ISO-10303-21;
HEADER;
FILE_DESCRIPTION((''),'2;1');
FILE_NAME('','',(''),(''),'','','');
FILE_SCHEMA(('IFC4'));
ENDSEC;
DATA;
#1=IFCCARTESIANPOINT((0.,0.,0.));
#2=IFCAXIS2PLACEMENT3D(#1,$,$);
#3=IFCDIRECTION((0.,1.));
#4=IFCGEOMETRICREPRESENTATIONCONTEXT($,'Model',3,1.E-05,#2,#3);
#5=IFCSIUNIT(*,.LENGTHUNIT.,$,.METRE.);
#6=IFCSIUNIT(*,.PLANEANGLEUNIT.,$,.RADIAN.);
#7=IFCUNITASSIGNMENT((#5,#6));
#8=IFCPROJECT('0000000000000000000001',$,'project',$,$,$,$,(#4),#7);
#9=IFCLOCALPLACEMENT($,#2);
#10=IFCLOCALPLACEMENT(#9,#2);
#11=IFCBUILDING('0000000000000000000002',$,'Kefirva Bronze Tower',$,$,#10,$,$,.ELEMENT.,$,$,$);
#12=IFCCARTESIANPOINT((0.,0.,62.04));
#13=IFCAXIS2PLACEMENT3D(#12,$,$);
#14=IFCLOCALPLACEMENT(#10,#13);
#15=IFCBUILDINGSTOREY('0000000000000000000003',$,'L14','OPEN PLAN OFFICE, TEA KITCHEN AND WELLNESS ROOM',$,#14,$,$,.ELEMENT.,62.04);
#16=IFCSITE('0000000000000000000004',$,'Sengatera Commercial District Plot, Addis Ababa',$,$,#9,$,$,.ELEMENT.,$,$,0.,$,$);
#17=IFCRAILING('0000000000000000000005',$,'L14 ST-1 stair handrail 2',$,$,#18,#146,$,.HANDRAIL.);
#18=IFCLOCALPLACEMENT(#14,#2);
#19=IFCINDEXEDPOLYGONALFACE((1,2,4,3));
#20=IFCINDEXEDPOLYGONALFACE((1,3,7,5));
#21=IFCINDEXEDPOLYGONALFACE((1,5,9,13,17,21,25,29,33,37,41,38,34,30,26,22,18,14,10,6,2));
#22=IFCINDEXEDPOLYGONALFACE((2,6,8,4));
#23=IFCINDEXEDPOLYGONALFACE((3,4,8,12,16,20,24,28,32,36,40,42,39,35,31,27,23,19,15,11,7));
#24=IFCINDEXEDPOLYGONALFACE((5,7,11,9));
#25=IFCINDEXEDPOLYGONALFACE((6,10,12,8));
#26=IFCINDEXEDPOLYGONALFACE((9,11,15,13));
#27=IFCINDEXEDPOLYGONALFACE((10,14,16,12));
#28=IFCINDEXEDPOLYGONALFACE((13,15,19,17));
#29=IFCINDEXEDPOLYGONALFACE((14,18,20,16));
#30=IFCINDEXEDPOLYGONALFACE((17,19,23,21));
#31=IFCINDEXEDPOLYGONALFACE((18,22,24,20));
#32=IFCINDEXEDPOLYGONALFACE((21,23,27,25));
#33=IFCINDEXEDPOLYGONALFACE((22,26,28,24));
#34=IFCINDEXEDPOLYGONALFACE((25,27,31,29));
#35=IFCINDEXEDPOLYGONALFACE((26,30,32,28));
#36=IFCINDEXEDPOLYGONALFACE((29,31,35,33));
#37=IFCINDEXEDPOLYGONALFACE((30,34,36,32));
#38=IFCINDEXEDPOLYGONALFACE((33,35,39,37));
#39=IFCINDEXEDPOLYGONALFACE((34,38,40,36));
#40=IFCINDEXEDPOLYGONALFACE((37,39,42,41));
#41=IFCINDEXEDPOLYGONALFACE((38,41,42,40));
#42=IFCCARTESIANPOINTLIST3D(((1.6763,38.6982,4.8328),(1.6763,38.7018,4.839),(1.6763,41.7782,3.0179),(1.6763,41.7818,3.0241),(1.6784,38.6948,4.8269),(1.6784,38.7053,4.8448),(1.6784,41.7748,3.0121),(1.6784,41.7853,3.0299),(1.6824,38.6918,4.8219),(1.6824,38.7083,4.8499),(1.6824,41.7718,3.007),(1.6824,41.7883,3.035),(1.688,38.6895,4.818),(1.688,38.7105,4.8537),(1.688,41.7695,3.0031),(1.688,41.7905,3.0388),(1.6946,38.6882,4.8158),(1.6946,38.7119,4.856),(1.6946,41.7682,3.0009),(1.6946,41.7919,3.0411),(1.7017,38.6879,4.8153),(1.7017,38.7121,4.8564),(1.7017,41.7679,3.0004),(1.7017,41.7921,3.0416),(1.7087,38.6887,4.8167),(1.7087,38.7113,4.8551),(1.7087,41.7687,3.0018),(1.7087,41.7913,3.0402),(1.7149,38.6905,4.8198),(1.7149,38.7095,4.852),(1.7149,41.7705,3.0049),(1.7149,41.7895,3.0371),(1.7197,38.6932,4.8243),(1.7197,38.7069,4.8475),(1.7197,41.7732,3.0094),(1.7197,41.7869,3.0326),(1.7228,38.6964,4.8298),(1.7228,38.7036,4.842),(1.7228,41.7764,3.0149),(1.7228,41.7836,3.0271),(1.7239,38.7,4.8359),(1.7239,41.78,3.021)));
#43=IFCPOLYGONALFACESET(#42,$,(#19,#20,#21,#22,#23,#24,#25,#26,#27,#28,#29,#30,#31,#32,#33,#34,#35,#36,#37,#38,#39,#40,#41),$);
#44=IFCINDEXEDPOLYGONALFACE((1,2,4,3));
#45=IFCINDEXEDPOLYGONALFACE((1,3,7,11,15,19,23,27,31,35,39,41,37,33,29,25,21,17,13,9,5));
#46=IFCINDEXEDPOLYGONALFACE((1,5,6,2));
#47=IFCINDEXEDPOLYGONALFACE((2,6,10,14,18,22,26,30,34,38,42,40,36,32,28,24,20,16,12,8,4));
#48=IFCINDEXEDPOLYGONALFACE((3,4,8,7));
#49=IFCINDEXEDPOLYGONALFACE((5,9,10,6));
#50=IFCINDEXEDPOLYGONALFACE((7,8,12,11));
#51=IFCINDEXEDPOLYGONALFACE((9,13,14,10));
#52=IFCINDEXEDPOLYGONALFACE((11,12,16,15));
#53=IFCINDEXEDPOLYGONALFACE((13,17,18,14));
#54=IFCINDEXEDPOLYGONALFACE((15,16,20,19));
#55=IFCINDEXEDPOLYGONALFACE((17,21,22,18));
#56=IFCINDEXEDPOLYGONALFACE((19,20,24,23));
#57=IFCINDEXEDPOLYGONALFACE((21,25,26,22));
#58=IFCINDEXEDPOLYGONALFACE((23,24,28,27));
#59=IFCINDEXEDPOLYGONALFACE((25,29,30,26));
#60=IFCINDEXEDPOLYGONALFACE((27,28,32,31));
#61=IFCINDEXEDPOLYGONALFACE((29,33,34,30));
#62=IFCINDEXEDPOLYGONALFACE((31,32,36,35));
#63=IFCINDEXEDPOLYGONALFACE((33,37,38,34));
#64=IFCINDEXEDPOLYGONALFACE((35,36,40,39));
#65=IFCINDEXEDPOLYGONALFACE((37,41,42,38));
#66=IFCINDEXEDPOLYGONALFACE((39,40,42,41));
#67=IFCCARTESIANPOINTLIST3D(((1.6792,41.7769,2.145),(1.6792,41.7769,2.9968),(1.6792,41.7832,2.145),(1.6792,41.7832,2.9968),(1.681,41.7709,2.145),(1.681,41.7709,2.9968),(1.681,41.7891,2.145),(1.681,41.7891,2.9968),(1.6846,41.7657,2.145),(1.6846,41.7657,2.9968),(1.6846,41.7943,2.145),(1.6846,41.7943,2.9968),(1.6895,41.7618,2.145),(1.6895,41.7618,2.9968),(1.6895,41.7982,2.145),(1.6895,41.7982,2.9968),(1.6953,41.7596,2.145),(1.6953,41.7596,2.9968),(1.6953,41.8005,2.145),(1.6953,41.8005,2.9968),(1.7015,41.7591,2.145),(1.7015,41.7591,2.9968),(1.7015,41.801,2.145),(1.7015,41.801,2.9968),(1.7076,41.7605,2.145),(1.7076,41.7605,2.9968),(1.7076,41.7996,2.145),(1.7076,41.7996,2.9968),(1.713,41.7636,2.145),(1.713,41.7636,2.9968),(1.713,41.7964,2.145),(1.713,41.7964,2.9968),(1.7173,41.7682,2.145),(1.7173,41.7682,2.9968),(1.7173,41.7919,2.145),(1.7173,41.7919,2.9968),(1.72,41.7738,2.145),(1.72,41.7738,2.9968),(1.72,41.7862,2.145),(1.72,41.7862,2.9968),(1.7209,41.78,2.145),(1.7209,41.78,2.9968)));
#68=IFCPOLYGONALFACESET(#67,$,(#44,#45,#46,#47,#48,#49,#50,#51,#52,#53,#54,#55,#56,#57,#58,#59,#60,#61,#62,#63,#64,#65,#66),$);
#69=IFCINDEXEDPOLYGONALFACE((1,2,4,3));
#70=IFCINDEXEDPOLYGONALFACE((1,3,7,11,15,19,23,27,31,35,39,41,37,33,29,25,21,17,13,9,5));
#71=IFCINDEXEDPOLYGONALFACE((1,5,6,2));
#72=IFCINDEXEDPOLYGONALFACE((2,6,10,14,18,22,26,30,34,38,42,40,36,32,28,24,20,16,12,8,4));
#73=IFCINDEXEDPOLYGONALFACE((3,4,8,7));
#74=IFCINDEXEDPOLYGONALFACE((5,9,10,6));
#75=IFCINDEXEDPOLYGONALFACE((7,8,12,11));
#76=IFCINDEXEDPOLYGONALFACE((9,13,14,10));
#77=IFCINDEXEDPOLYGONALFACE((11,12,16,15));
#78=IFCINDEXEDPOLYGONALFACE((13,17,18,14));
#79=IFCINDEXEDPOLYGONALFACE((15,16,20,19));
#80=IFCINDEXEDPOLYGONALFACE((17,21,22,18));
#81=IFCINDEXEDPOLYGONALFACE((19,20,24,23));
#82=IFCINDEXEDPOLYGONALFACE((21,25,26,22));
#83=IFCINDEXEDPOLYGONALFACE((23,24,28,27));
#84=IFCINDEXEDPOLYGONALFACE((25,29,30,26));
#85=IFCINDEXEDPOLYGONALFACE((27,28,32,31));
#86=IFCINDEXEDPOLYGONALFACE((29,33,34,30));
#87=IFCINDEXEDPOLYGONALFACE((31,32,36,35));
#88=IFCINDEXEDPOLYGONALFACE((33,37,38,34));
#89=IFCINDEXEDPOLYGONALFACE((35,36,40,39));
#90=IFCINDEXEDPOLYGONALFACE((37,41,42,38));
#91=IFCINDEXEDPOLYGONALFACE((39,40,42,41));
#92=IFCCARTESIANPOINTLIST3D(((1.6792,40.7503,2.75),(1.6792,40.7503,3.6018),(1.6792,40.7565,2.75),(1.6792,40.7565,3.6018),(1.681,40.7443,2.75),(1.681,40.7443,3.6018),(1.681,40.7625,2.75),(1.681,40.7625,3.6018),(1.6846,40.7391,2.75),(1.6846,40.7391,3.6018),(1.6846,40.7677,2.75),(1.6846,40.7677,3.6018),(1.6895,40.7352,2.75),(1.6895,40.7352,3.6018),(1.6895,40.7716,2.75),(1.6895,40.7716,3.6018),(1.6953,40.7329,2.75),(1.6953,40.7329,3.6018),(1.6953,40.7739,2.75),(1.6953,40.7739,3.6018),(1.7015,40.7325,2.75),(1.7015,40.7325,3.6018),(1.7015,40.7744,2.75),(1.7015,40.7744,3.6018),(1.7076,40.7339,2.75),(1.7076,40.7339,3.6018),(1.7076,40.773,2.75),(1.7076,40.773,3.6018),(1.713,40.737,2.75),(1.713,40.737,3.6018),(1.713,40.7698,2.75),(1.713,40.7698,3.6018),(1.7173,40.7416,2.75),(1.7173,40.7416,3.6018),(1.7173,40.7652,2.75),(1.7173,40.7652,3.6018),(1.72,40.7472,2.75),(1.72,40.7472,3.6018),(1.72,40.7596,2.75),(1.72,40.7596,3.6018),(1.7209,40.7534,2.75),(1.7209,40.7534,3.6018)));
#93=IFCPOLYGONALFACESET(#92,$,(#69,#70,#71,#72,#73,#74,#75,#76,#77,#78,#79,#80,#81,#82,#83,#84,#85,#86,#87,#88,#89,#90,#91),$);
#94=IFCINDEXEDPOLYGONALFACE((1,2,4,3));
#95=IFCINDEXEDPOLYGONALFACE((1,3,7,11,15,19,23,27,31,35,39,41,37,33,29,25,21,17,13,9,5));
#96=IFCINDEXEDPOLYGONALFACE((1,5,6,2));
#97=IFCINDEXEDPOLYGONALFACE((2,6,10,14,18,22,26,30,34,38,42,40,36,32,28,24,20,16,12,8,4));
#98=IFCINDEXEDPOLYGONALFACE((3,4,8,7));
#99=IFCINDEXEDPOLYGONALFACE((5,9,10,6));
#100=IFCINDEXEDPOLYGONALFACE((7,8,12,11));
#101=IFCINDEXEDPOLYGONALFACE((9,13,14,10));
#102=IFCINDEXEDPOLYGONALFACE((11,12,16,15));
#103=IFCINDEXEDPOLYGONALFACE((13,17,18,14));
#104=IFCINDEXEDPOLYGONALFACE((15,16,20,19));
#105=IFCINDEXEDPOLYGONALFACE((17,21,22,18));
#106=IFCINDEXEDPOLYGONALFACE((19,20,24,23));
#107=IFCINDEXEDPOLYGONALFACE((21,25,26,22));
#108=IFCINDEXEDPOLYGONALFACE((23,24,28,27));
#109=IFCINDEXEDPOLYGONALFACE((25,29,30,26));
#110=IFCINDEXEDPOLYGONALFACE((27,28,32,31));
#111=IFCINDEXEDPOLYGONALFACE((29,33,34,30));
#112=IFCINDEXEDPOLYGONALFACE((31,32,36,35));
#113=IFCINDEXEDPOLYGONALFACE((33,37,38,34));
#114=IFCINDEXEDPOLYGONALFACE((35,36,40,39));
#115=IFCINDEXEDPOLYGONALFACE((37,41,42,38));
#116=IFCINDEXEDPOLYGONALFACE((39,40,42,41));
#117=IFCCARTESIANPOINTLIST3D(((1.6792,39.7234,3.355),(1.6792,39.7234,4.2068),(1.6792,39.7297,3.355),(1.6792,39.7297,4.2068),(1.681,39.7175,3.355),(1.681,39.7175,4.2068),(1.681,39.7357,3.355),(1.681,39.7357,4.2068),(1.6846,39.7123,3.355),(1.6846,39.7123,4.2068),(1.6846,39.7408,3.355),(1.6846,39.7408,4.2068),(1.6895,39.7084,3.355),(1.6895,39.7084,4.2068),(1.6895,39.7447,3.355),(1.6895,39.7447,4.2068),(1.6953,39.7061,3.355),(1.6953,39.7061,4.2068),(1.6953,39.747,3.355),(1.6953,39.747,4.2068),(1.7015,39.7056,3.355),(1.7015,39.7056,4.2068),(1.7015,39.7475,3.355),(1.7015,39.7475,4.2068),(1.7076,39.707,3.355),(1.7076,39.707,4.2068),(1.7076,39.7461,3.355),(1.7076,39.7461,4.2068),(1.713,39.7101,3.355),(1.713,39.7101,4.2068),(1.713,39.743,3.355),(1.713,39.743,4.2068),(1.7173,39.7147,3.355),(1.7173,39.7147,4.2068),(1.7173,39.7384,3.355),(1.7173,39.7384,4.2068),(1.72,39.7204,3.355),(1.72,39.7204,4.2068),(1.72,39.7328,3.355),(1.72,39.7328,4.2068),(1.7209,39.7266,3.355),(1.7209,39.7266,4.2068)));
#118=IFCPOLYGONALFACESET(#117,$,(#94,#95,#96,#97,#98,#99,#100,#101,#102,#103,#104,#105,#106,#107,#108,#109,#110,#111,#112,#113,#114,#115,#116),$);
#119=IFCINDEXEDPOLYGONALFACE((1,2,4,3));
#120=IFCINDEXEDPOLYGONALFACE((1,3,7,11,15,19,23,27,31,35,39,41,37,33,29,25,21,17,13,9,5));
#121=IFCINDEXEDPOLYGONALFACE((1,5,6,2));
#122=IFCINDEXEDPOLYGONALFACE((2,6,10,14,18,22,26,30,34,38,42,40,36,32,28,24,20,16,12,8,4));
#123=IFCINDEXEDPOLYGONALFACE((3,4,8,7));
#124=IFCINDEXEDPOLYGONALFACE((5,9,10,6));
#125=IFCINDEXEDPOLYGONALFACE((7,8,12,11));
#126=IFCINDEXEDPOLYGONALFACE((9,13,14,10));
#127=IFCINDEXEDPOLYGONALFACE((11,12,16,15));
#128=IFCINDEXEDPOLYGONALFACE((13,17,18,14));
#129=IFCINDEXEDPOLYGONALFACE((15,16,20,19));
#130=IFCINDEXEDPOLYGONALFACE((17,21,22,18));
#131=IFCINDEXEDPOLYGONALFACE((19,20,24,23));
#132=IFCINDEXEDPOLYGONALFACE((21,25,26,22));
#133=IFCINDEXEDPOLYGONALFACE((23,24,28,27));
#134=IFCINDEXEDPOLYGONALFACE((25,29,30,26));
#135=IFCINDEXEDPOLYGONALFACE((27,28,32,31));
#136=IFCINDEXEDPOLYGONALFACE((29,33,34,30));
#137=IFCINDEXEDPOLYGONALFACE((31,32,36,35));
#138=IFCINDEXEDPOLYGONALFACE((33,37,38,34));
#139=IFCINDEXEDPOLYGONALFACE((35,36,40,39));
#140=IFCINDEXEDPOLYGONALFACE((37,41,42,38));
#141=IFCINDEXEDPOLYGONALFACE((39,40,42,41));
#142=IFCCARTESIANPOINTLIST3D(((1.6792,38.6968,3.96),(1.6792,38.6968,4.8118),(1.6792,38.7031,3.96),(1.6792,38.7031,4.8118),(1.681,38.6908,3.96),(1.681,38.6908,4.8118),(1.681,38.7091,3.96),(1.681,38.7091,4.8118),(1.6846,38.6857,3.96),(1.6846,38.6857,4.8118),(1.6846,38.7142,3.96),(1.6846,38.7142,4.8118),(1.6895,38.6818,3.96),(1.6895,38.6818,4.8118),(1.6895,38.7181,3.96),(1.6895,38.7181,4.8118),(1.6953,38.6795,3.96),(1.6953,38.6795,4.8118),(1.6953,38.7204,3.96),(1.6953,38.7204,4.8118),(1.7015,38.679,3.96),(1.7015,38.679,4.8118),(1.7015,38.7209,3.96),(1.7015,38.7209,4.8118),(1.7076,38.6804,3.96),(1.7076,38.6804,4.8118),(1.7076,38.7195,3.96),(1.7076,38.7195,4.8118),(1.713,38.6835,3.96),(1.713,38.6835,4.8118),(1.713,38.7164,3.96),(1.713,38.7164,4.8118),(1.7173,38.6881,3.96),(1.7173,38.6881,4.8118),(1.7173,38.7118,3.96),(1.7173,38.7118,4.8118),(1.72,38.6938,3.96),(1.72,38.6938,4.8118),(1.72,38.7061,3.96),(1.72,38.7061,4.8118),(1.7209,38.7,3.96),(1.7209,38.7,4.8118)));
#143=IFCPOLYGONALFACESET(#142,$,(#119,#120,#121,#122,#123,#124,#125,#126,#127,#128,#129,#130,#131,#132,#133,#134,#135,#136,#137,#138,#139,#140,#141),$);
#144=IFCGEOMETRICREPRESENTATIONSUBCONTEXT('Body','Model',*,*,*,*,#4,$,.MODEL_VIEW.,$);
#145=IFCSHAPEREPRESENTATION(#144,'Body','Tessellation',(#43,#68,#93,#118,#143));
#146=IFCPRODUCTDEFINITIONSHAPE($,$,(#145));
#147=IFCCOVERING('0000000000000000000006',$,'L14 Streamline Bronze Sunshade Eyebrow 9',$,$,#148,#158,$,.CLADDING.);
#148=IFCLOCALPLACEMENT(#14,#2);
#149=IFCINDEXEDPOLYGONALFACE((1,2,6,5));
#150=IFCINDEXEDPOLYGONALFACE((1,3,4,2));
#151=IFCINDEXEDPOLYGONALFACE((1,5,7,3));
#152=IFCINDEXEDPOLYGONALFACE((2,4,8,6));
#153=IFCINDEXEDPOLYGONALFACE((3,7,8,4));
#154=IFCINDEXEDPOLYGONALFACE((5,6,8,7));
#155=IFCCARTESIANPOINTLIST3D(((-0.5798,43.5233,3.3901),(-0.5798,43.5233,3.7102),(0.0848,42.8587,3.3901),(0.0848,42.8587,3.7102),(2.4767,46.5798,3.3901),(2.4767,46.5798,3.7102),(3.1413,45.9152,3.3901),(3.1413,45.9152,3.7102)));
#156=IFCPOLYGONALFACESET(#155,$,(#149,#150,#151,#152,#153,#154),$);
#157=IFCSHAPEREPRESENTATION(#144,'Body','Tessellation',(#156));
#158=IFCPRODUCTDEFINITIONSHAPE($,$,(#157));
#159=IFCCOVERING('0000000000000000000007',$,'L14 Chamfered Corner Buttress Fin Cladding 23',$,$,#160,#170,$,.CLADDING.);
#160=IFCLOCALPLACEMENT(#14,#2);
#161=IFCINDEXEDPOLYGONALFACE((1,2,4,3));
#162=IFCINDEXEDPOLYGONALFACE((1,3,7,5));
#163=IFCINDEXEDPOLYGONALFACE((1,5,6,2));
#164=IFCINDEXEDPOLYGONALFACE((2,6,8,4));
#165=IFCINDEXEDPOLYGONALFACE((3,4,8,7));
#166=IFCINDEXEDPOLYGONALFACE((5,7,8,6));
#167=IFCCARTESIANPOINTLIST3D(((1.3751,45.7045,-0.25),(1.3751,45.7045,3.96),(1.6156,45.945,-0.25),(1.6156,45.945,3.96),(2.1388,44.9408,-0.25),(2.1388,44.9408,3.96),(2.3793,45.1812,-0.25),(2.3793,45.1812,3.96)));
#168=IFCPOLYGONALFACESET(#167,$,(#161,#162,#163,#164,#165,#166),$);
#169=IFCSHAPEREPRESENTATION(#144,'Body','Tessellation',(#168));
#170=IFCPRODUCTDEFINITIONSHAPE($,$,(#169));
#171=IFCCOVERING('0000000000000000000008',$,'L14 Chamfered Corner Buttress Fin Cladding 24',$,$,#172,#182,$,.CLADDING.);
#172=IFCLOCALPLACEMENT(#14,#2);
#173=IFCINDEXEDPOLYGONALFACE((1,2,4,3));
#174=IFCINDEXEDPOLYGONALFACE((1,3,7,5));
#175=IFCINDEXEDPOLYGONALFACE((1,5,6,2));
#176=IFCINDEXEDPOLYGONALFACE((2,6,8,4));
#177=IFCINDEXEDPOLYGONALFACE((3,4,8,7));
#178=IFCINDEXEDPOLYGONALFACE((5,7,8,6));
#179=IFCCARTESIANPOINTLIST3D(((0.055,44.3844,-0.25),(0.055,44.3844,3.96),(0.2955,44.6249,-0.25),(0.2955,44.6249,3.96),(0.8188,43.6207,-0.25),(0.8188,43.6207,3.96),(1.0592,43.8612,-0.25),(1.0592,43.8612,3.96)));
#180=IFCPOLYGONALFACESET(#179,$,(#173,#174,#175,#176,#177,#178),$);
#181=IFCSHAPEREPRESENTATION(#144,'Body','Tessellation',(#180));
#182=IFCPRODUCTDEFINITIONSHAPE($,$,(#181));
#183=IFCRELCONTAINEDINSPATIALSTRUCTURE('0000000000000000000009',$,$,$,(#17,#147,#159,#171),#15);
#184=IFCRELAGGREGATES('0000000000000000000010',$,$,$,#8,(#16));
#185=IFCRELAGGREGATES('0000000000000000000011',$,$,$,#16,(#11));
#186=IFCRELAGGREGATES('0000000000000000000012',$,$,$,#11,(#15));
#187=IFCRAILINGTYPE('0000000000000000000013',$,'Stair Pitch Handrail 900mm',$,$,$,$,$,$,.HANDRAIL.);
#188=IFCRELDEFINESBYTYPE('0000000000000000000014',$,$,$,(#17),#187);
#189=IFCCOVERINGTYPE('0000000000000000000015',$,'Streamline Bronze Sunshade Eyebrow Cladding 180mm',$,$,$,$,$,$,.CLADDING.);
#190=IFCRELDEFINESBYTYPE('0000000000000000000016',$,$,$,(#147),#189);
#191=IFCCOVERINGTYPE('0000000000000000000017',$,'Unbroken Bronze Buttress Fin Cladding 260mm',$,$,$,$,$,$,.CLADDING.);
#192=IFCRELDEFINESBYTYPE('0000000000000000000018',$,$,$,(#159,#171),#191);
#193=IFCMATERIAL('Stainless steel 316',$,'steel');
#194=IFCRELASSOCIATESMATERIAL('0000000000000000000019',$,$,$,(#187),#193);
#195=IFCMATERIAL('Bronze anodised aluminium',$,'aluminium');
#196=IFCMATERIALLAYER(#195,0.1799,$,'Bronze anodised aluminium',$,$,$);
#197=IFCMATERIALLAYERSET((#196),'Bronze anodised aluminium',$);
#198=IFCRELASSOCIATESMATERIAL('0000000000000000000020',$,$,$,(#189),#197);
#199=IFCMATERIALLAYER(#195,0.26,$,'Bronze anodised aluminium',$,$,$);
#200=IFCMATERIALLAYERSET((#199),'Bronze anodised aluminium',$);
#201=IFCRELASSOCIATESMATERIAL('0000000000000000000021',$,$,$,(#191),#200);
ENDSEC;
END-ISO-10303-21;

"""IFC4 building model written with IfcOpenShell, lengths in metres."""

from ifc_helpers import new_model, si_unit, direction, frame, origin, origin_2d, place, context, subcontext, project, spatial, rectangle, circle, extrude, material, layer, layer_set, type_object, element, save


model = new_model("IFC4")

# Units and contexts
model_context = context("Model", 3, precision=1e-05, world=origin(), true_north=direction((0.0, 1.0)))
body_context = subcontext(model_context, "Body", "Model", "MODEL_VIEW")
ifc_project = project(units=[si_unit("LENGTHUNIT", "METRE"), si_unit("PLANEANGLEUNIT", "RADIAN")], contexts=[model_context])

# Site, building, storey
site_placement = place(None, origin())
site = spatial("IfcSite", under=ifc_project, at=site_placement, Name="Sengatera Commercial District Plot, Addis Ababa", CompositionType="ELEMENT", RefElevation=0.0)
building_placement = place(site_placement, origin())
building = spatial("IfcBuilding", under=site, at=building_placement, Name="Kefirva Bronze Tower", CompositionType="ELEMENT")
storey_placement = place(building_placement, frame((0.0, 0.0, 62.04)))
storey = spatial("IfcBuildingStorey", under=building, at=storey_placement, Name="L14", Description="OPEN PLAN OFFICE, TEA KITCHEN AND WELLNESS ROOM", CompositionType="ELEMENT", Elevation=62.04)

# Shared definitions
ifc_material_1 = material(Name="Bronze anodised aluminium", Category="aluminium")

# Railing
ifc_material_2 = material(Name="Stainless steel 316", Category="steel")
railing_type_1 = type_object("IfcRailingType", Name="Stair Pitch Handrail 900mm", PredefinedType="HANDRAIL", material=ifc_material_2)
railing_1_placement = place(storey_placement, frame((1.7, 41.78, 2.145)))
element("IfcRailing", 1, at=railing_1_placement, inside=storey, type_object=railing_type_1, Name="L14 ST-1 stair handrail 2", PredefinedType="HANDRAIL", context=body_context, shape_type="SweptSolid", body=[
    extrude(circle(Radius=0.0239, at=origin_2d()), frame((0.0, 0.0, 0.876), z_axis=(0.0, -0.861551, 0.507671), x_axis=(1.0, 0.0, 0.0)), (0.0, 0.0, 1.0), 3.575),
    extrude(circle(Radius=0.021, at=origin_2d()), origin(), (0.0, 0.0, 1.0), 0.8518),
    extrude(circle(Radius=0.021, at=origin_2d()), frame((0.0, -1.0266, 0.605)), (0.0, 0.0, 1.0), 0.8518),
    extrude(circle(Radius=0.021, at=origin_2d()), frame((0.0, -2.0535, 1.21)), (0.0, 0.0, 1.0), 0.8518),
    extrude(circle(Radius=0.021, at=origin_2d()), frame((0.0, -3.0801, 1.8149)), (0.0, 0.0, 1.0), 0.8518),
])

# Coverings
ifc_layer_1 = layer(ifc_material_1, 0.1799, Name="Bronze anodised aluminium")
ifc_layer_set_1 = layer_set([ifc_layer_1], Name="Bronze anodised aluminium")
covering_type_1 = type_object("IfcCoveringType", Name="Streamline Bronze Sunshade Eyebrow Cladding 180mm", PredefinedType="CLADDING", material=ifc_layer_set_1)
covering_1_placement = place(storey_placement, frame((1.2808, 44.7192, 3.3901), z_axis=(0.0, 0.0, 1.0), x_axis=(-0.707107, -0.707107, 0.0)))
element("IfcCovering", 2, at=covering_1_placement, inside=storey, type_object=covering_type_1, Name="L14 Streamline Bronze Sunshade Eyebrow 9", PredefinedType="CLADDING", context=body_context, shape_type="SweptSolid", body=[
    extrude(rectangle(XDim=4.3225, YDim=0.9399, at=origin_2d()), origin(), (0.0, 0.0, 1.0), 0.3201),
])
ifc_layer_2 = layer(ifc_material_1, 0.26, Name="Bronze anodised aluminium")
ifc_layer_set_2 = layer_set([ifc_layer_2], Name="Bronze anodised aluminium")
covering_type_2 = type_object("IfcCoveringType", Name="Unbroken Bronze Buttress Fin Cladding 260mm", PredefinedType="CLADDING", material=ifc_layer_set_2)
for number, where, z_axis, x_axis, name in (
    (3, (1.8772, 45.4429, -0.25), (0.0, 0.0, 1.0), (-0.707107, -0.707107, 0.0), "L14 Chamfered Corner Buttress Fin Cladding 23"),
    (4, (0.5571, 44.1228, -0.25), (0.0, 0.0, 1.0), (-0.707107, -0.707107, 0.0), "L14 Chamfered Corner Buttress Fin Cladding 24"),
):
    element("IfcCovering", number, at=place(storey_placement, frame(where, z_axis=z_axis, x_axis=x_axis)), inside=storey, type_object=covering_type_2, Name=name, PredefinedType="CLADDING", context=body_context, shape_type="SweptSolid", body=[
        extrude(rectangle(XDim=0.3401, YDim=1.0801, at=origin_2d()), origin(), (0.0, 0.0, 1.0), 4.21),
    ])

save(model, "model.ifc")
